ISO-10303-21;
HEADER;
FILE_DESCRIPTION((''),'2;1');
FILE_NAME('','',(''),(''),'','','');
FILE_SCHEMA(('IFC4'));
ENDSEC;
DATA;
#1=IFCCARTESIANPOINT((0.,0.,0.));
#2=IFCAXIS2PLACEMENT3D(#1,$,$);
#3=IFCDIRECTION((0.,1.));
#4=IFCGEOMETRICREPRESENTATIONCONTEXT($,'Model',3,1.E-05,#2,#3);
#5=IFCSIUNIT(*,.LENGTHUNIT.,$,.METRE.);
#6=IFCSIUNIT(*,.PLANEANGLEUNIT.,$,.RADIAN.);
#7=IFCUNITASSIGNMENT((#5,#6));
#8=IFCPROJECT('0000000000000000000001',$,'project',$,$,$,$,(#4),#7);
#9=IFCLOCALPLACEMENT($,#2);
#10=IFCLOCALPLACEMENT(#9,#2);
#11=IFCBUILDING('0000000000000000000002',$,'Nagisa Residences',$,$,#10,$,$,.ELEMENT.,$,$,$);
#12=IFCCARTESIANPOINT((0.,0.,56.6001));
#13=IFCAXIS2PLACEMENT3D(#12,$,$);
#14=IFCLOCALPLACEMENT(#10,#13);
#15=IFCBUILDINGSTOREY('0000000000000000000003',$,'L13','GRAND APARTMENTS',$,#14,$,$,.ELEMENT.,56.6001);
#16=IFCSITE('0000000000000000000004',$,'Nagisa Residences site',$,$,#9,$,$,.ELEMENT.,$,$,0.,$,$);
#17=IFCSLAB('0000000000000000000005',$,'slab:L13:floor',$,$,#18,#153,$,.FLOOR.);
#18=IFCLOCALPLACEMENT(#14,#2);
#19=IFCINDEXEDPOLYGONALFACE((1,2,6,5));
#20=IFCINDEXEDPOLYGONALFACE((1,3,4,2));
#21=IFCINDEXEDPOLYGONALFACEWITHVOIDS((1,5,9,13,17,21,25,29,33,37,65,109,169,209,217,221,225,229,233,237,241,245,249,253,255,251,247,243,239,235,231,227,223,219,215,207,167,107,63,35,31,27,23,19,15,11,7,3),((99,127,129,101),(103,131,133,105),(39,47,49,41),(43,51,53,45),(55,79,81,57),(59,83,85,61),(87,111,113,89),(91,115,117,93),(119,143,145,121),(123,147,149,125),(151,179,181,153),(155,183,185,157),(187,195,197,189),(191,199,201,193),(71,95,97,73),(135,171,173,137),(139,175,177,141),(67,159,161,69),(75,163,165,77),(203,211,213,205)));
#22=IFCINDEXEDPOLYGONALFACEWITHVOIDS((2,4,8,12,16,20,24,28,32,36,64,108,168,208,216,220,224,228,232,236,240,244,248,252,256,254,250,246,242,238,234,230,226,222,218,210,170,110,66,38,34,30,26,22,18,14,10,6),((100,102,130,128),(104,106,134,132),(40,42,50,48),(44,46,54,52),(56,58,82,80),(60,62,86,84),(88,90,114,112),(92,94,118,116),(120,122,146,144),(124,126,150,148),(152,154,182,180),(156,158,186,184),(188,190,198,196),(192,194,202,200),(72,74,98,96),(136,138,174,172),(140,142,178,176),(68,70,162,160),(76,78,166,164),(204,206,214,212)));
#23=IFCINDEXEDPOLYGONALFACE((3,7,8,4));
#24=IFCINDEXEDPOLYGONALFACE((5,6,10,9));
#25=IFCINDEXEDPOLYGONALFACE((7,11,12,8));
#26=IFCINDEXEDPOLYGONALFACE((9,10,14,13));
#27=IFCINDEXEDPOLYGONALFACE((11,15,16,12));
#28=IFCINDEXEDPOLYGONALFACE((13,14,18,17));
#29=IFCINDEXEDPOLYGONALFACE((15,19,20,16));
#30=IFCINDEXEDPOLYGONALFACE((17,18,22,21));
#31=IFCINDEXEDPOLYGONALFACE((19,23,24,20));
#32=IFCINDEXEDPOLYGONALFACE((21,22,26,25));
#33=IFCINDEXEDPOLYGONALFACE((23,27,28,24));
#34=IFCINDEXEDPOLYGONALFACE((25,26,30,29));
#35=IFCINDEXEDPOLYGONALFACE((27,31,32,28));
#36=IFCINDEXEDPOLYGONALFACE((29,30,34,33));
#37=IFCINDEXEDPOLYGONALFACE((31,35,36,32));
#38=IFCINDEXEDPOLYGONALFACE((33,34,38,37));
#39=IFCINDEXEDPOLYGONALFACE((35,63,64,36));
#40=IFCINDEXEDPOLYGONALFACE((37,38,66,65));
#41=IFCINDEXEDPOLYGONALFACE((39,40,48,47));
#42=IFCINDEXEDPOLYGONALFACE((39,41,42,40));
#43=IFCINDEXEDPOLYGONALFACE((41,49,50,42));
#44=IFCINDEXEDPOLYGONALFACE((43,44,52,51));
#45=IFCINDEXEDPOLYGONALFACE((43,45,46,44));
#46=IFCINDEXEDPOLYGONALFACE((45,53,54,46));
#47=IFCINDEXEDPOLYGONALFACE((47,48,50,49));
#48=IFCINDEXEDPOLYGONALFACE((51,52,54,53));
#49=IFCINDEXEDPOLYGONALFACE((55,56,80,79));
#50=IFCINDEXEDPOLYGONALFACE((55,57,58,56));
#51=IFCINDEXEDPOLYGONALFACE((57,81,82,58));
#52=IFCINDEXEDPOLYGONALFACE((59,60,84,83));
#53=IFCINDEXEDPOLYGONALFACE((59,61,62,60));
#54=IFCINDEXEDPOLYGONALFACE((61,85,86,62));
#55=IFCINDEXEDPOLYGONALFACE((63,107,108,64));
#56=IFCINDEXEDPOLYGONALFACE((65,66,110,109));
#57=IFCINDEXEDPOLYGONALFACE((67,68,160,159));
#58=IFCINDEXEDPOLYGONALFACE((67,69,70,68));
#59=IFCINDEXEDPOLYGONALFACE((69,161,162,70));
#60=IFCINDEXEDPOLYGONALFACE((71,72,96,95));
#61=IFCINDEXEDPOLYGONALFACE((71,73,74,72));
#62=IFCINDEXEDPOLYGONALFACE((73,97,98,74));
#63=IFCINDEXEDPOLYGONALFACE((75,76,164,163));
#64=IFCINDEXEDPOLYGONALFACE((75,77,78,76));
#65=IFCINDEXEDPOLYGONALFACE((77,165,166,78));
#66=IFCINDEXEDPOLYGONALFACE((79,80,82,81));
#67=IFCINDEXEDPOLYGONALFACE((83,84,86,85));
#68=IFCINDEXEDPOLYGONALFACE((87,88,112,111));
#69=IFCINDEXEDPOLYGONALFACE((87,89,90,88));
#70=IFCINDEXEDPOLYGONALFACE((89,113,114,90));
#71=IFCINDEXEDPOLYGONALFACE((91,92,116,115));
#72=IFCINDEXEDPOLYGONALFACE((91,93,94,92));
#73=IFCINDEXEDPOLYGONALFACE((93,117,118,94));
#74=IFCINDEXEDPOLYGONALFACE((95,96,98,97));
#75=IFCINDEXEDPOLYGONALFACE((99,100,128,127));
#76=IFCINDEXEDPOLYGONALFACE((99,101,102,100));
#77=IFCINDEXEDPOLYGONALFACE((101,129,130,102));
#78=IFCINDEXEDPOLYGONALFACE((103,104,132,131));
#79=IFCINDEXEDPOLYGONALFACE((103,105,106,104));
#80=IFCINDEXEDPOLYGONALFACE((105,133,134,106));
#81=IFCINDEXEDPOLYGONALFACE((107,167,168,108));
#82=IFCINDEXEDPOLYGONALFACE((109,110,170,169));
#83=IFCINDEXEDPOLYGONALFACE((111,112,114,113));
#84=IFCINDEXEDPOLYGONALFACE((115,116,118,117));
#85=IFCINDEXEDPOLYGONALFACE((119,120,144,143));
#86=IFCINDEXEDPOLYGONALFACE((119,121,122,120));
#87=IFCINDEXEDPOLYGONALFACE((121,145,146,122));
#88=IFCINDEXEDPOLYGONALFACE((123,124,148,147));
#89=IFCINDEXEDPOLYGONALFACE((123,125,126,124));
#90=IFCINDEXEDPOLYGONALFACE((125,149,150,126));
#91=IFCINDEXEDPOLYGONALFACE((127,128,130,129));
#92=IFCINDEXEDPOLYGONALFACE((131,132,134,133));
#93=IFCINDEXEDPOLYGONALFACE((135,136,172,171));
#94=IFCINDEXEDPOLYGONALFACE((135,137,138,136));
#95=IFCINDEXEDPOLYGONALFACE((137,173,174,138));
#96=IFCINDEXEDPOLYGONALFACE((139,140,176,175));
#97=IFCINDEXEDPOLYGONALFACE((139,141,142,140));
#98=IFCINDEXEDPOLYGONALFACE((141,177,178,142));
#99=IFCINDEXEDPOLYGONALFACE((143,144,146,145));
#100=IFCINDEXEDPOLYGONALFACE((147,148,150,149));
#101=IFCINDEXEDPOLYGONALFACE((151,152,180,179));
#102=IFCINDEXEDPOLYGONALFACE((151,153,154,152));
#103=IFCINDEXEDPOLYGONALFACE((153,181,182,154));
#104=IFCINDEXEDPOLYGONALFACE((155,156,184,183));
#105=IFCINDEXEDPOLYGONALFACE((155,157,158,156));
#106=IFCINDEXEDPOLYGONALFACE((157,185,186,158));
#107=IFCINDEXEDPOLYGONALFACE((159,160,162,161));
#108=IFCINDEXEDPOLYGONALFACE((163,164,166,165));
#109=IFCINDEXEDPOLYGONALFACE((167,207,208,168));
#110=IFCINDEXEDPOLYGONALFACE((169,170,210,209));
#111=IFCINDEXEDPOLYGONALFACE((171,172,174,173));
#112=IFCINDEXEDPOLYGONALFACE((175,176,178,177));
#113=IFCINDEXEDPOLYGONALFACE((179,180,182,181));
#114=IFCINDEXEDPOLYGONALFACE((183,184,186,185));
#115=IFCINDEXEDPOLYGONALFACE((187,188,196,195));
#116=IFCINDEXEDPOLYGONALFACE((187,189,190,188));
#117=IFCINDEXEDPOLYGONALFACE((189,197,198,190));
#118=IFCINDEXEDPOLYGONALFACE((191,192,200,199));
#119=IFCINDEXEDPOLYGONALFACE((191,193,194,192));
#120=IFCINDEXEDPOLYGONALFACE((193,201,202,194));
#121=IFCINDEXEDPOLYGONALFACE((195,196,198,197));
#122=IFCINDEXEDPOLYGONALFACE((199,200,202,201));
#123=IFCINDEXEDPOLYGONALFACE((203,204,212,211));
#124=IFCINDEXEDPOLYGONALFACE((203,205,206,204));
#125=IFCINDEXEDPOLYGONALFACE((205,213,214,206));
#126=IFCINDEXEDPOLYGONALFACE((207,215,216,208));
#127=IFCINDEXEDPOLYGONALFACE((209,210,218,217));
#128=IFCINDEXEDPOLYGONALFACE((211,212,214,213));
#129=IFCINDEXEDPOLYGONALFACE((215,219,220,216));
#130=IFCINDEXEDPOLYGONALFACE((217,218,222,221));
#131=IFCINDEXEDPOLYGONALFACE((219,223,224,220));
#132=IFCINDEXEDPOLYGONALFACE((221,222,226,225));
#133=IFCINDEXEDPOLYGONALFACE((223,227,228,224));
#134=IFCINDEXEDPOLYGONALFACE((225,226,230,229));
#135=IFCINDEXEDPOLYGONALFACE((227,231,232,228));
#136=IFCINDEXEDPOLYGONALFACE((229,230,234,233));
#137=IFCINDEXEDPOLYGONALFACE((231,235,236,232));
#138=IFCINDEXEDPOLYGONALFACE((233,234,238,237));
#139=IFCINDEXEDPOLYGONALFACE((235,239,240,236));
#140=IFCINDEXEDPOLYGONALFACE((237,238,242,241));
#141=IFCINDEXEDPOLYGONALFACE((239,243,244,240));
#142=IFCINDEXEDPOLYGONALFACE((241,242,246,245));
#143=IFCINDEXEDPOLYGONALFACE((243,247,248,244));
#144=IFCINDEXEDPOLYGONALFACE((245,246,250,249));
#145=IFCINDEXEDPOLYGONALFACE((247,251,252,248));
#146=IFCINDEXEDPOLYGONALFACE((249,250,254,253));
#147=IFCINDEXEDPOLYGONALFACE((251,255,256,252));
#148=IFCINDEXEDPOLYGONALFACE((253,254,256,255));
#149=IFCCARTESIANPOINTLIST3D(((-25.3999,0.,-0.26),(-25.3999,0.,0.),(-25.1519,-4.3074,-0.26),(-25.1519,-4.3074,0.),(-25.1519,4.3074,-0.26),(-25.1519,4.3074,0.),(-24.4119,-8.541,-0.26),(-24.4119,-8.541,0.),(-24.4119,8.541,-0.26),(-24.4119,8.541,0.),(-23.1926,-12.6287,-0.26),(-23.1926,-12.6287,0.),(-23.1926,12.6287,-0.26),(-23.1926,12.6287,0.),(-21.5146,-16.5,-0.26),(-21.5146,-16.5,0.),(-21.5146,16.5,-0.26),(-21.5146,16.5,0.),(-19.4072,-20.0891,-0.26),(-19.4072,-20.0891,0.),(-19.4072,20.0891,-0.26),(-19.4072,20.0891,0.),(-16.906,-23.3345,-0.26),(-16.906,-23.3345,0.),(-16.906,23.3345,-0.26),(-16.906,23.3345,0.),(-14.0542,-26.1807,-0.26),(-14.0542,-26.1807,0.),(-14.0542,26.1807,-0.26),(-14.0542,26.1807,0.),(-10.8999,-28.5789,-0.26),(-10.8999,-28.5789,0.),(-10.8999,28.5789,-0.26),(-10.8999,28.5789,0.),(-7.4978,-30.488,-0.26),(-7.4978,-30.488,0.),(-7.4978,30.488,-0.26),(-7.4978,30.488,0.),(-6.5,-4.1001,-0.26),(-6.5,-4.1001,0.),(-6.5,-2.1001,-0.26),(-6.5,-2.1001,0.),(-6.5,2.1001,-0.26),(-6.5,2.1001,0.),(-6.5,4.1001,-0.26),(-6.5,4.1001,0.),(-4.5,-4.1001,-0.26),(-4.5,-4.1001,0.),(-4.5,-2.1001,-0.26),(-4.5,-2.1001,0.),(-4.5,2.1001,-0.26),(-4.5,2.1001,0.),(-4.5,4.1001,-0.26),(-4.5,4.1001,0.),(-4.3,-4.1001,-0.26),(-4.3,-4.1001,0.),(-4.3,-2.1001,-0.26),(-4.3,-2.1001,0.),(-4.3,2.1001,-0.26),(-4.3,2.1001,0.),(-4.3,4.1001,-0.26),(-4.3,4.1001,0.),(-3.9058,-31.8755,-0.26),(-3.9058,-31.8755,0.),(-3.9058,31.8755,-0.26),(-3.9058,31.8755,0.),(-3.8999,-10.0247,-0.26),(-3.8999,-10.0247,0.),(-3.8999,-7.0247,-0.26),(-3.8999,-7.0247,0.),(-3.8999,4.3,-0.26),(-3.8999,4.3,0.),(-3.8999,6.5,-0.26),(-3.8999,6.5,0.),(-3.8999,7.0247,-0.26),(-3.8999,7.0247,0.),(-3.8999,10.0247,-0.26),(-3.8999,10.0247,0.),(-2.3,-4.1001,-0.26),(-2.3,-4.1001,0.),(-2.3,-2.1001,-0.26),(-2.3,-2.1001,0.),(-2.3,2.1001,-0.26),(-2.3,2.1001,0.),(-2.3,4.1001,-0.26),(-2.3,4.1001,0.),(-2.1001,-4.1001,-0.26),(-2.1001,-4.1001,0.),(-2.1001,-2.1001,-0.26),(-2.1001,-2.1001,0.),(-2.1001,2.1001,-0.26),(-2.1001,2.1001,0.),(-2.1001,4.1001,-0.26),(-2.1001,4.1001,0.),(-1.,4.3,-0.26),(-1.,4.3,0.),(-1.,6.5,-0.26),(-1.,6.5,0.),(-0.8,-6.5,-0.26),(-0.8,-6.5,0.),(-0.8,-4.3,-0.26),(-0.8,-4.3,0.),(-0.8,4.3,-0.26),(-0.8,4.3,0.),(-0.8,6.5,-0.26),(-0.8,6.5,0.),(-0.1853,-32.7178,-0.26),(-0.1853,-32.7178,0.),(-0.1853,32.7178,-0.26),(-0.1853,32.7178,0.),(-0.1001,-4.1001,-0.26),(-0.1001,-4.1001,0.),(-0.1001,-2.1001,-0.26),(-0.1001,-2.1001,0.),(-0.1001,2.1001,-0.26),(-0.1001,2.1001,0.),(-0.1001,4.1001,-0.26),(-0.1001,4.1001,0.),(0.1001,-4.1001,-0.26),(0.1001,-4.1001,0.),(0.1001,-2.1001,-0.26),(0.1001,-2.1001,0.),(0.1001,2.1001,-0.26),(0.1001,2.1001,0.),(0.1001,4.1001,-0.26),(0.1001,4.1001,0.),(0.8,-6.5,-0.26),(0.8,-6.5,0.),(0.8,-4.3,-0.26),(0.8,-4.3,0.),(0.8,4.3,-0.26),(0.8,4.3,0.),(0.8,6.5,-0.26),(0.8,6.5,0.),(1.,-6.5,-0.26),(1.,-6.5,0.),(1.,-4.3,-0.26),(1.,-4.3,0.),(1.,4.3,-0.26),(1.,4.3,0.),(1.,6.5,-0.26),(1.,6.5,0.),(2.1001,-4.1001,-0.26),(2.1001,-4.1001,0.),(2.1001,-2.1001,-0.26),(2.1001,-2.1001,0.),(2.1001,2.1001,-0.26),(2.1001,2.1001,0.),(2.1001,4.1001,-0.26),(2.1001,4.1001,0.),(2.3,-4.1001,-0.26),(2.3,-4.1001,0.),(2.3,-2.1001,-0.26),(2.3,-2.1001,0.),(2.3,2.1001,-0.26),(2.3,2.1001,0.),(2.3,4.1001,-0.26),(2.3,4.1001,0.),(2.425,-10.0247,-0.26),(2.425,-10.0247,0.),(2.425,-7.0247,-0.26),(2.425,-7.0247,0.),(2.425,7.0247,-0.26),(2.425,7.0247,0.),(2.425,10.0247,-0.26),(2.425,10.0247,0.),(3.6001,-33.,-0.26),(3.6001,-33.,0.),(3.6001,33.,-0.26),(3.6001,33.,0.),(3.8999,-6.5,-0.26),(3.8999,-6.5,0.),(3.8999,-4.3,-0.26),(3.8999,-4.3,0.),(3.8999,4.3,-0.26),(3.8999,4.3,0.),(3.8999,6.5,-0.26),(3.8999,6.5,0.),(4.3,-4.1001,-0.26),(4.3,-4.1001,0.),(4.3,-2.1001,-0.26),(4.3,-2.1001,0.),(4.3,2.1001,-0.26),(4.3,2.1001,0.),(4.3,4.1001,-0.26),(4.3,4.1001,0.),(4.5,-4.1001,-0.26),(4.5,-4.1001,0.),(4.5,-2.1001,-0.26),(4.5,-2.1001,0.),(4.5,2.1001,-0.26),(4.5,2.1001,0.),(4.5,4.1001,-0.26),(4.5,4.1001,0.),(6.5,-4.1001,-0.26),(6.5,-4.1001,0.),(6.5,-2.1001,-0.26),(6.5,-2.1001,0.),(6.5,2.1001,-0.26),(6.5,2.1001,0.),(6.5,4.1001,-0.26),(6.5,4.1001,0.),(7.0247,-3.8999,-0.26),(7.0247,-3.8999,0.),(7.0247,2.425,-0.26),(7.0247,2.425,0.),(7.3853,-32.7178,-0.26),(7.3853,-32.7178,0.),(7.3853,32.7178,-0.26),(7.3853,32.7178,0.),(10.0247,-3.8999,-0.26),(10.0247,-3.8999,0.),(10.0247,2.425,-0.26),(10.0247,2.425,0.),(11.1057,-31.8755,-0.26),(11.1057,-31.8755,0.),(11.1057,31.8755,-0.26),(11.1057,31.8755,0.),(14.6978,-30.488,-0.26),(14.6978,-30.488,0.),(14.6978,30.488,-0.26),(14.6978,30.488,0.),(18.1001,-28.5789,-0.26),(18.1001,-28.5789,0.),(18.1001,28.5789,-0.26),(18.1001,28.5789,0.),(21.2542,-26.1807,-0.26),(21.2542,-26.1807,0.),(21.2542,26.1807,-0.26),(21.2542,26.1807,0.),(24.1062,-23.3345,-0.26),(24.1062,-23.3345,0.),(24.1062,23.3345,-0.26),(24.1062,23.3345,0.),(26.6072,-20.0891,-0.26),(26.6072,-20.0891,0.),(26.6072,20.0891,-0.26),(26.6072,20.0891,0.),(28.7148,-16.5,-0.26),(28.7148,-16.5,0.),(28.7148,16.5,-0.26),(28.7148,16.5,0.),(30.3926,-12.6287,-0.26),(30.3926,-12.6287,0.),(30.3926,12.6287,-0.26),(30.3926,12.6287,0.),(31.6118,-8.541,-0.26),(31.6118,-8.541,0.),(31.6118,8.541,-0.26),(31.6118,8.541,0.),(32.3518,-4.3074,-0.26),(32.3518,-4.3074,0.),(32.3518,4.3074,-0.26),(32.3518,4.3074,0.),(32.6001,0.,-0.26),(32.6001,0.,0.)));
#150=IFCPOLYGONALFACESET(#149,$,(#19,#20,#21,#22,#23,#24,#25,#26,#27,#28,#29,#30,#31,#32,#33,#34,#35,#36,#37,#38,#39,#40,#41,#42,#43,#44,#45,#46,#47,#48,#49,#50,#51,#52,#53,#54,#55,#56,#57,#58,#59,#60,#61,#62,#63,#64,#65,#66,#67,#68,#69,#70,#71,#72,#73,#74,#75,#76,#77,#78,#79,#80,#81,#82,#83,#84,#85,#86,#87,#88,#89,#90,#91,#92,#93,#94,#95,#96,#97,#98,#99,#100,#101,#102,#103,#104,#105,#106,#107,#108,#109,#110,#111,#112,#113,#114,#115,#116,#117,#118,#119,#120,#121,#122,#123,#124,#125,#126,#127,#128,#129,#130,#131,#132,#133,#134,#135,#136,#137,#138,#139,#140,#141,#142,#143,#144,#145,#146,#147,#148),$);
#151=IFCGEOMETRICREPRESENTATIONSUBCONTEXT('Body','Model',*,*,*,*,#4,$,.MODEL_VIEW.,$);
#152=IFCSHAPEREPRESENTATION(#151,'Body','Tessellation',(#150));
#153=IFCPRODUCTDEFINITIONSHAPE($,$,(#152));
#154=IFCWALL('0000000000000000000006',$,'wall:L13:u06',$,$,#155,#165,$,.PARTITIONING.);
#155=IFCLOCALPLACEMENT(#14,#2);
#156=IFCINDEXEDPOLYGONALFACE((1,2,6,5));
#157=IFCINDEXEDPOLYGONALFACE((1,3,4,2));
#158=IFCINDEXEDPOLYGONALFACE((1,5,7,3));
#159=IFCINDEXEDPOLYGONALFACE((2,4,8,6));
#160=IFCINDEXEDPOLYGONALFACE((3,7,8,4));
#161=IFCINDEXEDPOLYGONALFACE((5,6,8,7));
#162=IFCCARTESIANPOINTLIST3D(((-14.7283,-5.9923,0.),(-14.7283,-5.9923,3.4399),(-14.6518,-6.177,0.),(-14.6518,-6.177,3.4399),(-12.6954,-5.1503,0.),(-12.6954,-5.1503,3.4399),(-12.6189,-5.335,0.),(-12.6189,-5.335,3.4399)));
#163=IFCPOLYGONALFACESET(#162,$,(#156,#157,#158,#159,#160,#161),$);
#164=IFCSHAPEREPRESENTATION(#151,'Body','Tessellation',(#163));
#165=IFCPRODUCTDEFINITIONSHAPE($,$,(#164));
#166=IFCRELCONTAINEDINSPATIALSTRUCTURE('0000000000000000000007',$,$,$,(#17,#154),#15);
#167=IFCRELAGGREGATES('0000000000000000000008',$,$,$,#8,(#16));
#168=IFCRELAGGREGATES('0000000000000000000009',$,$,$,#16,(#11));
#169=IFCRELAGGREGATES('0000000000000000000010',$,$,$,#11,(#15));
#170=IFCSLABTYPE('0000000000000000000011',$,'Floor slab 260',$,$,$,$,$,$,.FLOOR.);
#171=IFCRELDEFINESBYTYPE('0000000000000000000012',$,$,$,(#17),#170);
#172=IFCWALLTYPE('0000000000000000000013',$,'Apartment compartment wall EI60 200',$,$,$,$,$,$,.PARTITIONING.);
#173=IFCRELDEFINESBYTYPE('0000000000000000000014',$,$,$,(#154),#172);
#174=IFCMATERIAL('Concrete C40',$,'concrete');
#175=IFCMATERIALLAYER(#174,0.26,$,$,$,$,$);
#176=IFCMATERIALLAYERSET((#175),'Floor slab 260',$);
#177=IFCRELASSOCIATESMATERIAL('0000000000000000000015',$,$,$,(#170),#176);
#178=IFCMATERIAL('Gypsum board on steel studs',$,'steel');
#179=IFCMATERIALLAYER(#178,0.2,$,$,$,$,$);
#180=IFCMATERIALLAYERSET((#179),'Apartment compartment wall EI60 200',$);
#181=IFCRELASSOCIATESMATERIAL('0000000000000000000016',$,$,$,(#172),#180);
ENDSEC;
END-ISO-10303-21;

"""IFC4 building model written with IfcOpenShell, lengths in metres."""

from ifc_helpers import new_model, si_unit, direction, frame, frame_2d, origin, place, context, subcontext, project, spatial, polyline, rectangle, outline, extrude, material, layer, layer_set, type_object, element, save


model = new_model("IFC4")

# Units and contexts
model_context = context("Model", 3, precision=1e-05, world=origin(), true_north=direction((0.0, 1.0)))
body_context = subcontext(model_context, "Body", "Model", "MODEL_VIEW")
ifc_project = project(units=[si_unit("LENGTHUNIT", "METRE"), si_unit("PLANEANGLEUNIT", "RADIAN")], contexts=[model_context])

# Site, building, storey
site_placement = place(None, origin())
site = spatial("IfcSite", under=ifc_project, at=site_placement, Name="Nagisa Residences site", CompositionType="ELEMENT", RefElevation=0.0)
building_placement = place(site_placement, origin())
building = spatial("IfcBuilding", under=site, at=building_placement, Name="Nagisa Residences", CompositionType="ELEMENT")
storey_placement = place(building_placement, frame((0.0, 0.0, 56.6001)))
storey = spatial("IfcBuildingStorey", under=building, at=storey_placement, Name="L13", Description="GRAND APARTMENTS", CompositionType="ELEMENT", Elevation=56.6001)

# Slab
ifc_material_1 = material(Name="Concrete C40", Category="concrete")
ifc_layer_1 = layer(ifc_material_1, 0.26)
ifc_layer_set_1 = layer_set([ifc_layer_1], Name="Floor slab 260")
slab_type_1 = type_object("IfcSlabType", Name="Floor slab 260", PredefinedType="FLOOR", material=ifc_layer_set_1)
slab_1_placement = place(storey_placement, frame((0.0, 0.0, -0.26)))
element("IfcSlab", 1, at=slab_1_placement, inside=storey, type_object=slab_type_1, Name="slab:L13:floor", PredefinedType="FLOOR", context=body_context, shape_type="SweptSolid", body=[
    extrude(outline(polyline([(32.6001, 0.0), (32.3518, 4.3074), (31.6118, 8.541), (30.3926, 12.6287), (28.7148, 16.5), (26.6072, 20.0891), (24.1062, 23.3345), (21.2542, 26.1807), (18.1001, 28.5789), (14.6978, 30.488), (11.1057, 31.8755), (7.3853, 32.7178), (3.6001, 33.0), (-0.1853, 32.7178), (-3.9058, 31.8755), (-7.4978, 30.488), (-10.8999, 28.5789), (-14.0542, 26.1807), (-16.906, 23.3345), (-19.4072, 20.0891), (-21.5146, 16.5), (-23.1926, 12.6287), (-24.4119, 8.541), (-25.1519, 4.3074), (-25.3999, 0.0), (-25.1519, -4.3074), (-24.4119, -8.541), (-23.1926, -12.6287), (-21.5146, -16.5), (-19.4072, -20.0891), (-16.906, -23.3345), (-14.0542, -26.1807), (-10.8999, -28.5789), (-7.4978, -30.488), (-3.9058, -31.8755), (-0.1853, -32.7178), (3.6001, -33.0), (7.3853, -32.7178), (11.1057, -31.8755), (14.6978, -30.488), (18.1001, -28.5789), (21.2542, -26.1807), (24.1062, -23.3345), (26.6072, -20.0891), (28.7148, -16.5), (30.3926, -12.6287), (31.6118, -8.541), (32.3518, -4.3074), (32.6001, 0.0)]), holes=[polyline([(-4.5, 2.1001), (-4.5, 4.1001), (-6.5, 4.1001), (-6.5, 2.1001), (-4.5, 2.1001)]), polyline([(-2.3, 2.1001), (-2.3, 4.1001), (-4.3, 4.1001), (-4.3, 2.1001), (-2.3, 2.1001)]), polyline([(-0.1001, 2.1001), (-0.1001, 4.1001), (-2.1001, 4.1001), (-2.1001, 2.1001), (-0.1001, 2.1001)]), polyline([(2.1001, 2.1001), (2.1001, 4.1001), (0.1001, 4.1001), (0.1001, 2.1001), (2.1001, 2.1001)]), polyline([(4.3, 2.1001), (4.3, 4.1001), (2.3, 4.1001), (2.3, 2.1001), (4.3, 2.1001)]), polyline([(6.5, 2.1001), (6.5, 4.1001), (4.5, 4.1001), (4.5, 2.1001), (6.5, 2.1001)]), polyline([(-4.5, -4.1001), (-4.5, -2.1001), (-6.5, -2.1001), (-6.5, -4.1001), (-4.5, -4.1001)]), polyline([(-2.3, -4.1001), (-2.3, -2.1001), (-4.3, -2.1001), (-4.3, -4.1001), (-2.3, -4.1001)]), polyline([(-0.1001, -4.1001), (-0.1001, -2.1001), (-2.1001, -2.1001), (-2.1001, -4.1001), (-0.1001, -4.1001)]), polyline([(2.1001, -4.1001), (2.1001, -2.1001), (0.1001, -2.1001), (0.1001, -4.1001), (2.1001, -4.1001)]), polyline([(4.3, -4.1001), (4.3, -2.1001), (2.3, -2.1001), (2.3, -4.1001), (4.3, -4.1001)]), polyline([(6.5, -4.1001), (6.5, -2.1001), (4.5, -2.1001), (4.5, -4.1001), (6.5, -4.1001)]), polyline([(3.8999, 4.3), (3.8999, 6.5), (1.0, 6.5), (1.0, 4.3), (3.8999, 4.3)]), polyline([(3.8999, -6.5), (3.8999, -4.3), (1.0, -4.3), (1.0, -6.5), (3.8999, -6.5)]), polyline([(-1.0, 4.3), (-1.0, 6.5), (-3.8999, 6.5), (-3.8999, 4.3), (-1.0, 4.3)]), polyline([(0.8, 4.3), (0.8, 6.5), (-0.8, 6.5), (-0.8, 4.3), (0.8, 4.3)]), polyline([(0.8, -6.5), (0.8, -4.3), (-0.8, -4.3), (-0.8, -6.5), (0.8, -6.5)]), polyline([(10.0247, -3.8999), (7.0247, -3.8999), (7.0247, 2.425), (10.0247, 2.425), (10.0247, -3.8999)]), polyline([(-3.8999, 7.0247), (-3.8999, 10.0247), (2.425, 10.0247), (2.425, 7.0247), (-3.8999, 7.0247)]), polyline([(-3.8999, -10.0247), (-3.8999, -7.0247), (2.425, -7.0247), (2.425, -10.0247), (-3.8999, -10.0247)])]), origin(), (0.0, 0.0, 1.0), 0.26),
])

# Wall
ifc_material_2 = material(Name="Gypsum board on steel studs", Category="steel")
ifc_layer_2 = layer(ifc_material_2, 0.2)
ifc_layer_set_2 = layer_set([ifc_layer_2], Name="Apartment compartment wall EI60 200")
wall_type_1 = type_object("IfcWallType", Name="Apartment compartment wall EI60 200", PredefinedType="PARTITIONING", material=ifc_layer_set_2)
wall_1_placement = place(storey_placement, frame((-12.6572, -5.2427, 0.0), z_axis=(0.0, 0.0, 1.0), x_axis=(-0.923886, -0.382669, 0.0)))
element("IfcWall", 2, at=wall_1_placement, inside=storey, type_object=wall_type_1, Name="wall:L13:u06", PredefinedType="PARTITIONING", context=body_context, shape_type="SweptSolid", body=[
    extrude(rectangle(XDim=2.2004, YDim=0.2, at=frame_2d((1.1001, 0.0))), origin(), (0.0, 0.0, 1.0), 3.4399),
])

save(model, "model.ifc")
